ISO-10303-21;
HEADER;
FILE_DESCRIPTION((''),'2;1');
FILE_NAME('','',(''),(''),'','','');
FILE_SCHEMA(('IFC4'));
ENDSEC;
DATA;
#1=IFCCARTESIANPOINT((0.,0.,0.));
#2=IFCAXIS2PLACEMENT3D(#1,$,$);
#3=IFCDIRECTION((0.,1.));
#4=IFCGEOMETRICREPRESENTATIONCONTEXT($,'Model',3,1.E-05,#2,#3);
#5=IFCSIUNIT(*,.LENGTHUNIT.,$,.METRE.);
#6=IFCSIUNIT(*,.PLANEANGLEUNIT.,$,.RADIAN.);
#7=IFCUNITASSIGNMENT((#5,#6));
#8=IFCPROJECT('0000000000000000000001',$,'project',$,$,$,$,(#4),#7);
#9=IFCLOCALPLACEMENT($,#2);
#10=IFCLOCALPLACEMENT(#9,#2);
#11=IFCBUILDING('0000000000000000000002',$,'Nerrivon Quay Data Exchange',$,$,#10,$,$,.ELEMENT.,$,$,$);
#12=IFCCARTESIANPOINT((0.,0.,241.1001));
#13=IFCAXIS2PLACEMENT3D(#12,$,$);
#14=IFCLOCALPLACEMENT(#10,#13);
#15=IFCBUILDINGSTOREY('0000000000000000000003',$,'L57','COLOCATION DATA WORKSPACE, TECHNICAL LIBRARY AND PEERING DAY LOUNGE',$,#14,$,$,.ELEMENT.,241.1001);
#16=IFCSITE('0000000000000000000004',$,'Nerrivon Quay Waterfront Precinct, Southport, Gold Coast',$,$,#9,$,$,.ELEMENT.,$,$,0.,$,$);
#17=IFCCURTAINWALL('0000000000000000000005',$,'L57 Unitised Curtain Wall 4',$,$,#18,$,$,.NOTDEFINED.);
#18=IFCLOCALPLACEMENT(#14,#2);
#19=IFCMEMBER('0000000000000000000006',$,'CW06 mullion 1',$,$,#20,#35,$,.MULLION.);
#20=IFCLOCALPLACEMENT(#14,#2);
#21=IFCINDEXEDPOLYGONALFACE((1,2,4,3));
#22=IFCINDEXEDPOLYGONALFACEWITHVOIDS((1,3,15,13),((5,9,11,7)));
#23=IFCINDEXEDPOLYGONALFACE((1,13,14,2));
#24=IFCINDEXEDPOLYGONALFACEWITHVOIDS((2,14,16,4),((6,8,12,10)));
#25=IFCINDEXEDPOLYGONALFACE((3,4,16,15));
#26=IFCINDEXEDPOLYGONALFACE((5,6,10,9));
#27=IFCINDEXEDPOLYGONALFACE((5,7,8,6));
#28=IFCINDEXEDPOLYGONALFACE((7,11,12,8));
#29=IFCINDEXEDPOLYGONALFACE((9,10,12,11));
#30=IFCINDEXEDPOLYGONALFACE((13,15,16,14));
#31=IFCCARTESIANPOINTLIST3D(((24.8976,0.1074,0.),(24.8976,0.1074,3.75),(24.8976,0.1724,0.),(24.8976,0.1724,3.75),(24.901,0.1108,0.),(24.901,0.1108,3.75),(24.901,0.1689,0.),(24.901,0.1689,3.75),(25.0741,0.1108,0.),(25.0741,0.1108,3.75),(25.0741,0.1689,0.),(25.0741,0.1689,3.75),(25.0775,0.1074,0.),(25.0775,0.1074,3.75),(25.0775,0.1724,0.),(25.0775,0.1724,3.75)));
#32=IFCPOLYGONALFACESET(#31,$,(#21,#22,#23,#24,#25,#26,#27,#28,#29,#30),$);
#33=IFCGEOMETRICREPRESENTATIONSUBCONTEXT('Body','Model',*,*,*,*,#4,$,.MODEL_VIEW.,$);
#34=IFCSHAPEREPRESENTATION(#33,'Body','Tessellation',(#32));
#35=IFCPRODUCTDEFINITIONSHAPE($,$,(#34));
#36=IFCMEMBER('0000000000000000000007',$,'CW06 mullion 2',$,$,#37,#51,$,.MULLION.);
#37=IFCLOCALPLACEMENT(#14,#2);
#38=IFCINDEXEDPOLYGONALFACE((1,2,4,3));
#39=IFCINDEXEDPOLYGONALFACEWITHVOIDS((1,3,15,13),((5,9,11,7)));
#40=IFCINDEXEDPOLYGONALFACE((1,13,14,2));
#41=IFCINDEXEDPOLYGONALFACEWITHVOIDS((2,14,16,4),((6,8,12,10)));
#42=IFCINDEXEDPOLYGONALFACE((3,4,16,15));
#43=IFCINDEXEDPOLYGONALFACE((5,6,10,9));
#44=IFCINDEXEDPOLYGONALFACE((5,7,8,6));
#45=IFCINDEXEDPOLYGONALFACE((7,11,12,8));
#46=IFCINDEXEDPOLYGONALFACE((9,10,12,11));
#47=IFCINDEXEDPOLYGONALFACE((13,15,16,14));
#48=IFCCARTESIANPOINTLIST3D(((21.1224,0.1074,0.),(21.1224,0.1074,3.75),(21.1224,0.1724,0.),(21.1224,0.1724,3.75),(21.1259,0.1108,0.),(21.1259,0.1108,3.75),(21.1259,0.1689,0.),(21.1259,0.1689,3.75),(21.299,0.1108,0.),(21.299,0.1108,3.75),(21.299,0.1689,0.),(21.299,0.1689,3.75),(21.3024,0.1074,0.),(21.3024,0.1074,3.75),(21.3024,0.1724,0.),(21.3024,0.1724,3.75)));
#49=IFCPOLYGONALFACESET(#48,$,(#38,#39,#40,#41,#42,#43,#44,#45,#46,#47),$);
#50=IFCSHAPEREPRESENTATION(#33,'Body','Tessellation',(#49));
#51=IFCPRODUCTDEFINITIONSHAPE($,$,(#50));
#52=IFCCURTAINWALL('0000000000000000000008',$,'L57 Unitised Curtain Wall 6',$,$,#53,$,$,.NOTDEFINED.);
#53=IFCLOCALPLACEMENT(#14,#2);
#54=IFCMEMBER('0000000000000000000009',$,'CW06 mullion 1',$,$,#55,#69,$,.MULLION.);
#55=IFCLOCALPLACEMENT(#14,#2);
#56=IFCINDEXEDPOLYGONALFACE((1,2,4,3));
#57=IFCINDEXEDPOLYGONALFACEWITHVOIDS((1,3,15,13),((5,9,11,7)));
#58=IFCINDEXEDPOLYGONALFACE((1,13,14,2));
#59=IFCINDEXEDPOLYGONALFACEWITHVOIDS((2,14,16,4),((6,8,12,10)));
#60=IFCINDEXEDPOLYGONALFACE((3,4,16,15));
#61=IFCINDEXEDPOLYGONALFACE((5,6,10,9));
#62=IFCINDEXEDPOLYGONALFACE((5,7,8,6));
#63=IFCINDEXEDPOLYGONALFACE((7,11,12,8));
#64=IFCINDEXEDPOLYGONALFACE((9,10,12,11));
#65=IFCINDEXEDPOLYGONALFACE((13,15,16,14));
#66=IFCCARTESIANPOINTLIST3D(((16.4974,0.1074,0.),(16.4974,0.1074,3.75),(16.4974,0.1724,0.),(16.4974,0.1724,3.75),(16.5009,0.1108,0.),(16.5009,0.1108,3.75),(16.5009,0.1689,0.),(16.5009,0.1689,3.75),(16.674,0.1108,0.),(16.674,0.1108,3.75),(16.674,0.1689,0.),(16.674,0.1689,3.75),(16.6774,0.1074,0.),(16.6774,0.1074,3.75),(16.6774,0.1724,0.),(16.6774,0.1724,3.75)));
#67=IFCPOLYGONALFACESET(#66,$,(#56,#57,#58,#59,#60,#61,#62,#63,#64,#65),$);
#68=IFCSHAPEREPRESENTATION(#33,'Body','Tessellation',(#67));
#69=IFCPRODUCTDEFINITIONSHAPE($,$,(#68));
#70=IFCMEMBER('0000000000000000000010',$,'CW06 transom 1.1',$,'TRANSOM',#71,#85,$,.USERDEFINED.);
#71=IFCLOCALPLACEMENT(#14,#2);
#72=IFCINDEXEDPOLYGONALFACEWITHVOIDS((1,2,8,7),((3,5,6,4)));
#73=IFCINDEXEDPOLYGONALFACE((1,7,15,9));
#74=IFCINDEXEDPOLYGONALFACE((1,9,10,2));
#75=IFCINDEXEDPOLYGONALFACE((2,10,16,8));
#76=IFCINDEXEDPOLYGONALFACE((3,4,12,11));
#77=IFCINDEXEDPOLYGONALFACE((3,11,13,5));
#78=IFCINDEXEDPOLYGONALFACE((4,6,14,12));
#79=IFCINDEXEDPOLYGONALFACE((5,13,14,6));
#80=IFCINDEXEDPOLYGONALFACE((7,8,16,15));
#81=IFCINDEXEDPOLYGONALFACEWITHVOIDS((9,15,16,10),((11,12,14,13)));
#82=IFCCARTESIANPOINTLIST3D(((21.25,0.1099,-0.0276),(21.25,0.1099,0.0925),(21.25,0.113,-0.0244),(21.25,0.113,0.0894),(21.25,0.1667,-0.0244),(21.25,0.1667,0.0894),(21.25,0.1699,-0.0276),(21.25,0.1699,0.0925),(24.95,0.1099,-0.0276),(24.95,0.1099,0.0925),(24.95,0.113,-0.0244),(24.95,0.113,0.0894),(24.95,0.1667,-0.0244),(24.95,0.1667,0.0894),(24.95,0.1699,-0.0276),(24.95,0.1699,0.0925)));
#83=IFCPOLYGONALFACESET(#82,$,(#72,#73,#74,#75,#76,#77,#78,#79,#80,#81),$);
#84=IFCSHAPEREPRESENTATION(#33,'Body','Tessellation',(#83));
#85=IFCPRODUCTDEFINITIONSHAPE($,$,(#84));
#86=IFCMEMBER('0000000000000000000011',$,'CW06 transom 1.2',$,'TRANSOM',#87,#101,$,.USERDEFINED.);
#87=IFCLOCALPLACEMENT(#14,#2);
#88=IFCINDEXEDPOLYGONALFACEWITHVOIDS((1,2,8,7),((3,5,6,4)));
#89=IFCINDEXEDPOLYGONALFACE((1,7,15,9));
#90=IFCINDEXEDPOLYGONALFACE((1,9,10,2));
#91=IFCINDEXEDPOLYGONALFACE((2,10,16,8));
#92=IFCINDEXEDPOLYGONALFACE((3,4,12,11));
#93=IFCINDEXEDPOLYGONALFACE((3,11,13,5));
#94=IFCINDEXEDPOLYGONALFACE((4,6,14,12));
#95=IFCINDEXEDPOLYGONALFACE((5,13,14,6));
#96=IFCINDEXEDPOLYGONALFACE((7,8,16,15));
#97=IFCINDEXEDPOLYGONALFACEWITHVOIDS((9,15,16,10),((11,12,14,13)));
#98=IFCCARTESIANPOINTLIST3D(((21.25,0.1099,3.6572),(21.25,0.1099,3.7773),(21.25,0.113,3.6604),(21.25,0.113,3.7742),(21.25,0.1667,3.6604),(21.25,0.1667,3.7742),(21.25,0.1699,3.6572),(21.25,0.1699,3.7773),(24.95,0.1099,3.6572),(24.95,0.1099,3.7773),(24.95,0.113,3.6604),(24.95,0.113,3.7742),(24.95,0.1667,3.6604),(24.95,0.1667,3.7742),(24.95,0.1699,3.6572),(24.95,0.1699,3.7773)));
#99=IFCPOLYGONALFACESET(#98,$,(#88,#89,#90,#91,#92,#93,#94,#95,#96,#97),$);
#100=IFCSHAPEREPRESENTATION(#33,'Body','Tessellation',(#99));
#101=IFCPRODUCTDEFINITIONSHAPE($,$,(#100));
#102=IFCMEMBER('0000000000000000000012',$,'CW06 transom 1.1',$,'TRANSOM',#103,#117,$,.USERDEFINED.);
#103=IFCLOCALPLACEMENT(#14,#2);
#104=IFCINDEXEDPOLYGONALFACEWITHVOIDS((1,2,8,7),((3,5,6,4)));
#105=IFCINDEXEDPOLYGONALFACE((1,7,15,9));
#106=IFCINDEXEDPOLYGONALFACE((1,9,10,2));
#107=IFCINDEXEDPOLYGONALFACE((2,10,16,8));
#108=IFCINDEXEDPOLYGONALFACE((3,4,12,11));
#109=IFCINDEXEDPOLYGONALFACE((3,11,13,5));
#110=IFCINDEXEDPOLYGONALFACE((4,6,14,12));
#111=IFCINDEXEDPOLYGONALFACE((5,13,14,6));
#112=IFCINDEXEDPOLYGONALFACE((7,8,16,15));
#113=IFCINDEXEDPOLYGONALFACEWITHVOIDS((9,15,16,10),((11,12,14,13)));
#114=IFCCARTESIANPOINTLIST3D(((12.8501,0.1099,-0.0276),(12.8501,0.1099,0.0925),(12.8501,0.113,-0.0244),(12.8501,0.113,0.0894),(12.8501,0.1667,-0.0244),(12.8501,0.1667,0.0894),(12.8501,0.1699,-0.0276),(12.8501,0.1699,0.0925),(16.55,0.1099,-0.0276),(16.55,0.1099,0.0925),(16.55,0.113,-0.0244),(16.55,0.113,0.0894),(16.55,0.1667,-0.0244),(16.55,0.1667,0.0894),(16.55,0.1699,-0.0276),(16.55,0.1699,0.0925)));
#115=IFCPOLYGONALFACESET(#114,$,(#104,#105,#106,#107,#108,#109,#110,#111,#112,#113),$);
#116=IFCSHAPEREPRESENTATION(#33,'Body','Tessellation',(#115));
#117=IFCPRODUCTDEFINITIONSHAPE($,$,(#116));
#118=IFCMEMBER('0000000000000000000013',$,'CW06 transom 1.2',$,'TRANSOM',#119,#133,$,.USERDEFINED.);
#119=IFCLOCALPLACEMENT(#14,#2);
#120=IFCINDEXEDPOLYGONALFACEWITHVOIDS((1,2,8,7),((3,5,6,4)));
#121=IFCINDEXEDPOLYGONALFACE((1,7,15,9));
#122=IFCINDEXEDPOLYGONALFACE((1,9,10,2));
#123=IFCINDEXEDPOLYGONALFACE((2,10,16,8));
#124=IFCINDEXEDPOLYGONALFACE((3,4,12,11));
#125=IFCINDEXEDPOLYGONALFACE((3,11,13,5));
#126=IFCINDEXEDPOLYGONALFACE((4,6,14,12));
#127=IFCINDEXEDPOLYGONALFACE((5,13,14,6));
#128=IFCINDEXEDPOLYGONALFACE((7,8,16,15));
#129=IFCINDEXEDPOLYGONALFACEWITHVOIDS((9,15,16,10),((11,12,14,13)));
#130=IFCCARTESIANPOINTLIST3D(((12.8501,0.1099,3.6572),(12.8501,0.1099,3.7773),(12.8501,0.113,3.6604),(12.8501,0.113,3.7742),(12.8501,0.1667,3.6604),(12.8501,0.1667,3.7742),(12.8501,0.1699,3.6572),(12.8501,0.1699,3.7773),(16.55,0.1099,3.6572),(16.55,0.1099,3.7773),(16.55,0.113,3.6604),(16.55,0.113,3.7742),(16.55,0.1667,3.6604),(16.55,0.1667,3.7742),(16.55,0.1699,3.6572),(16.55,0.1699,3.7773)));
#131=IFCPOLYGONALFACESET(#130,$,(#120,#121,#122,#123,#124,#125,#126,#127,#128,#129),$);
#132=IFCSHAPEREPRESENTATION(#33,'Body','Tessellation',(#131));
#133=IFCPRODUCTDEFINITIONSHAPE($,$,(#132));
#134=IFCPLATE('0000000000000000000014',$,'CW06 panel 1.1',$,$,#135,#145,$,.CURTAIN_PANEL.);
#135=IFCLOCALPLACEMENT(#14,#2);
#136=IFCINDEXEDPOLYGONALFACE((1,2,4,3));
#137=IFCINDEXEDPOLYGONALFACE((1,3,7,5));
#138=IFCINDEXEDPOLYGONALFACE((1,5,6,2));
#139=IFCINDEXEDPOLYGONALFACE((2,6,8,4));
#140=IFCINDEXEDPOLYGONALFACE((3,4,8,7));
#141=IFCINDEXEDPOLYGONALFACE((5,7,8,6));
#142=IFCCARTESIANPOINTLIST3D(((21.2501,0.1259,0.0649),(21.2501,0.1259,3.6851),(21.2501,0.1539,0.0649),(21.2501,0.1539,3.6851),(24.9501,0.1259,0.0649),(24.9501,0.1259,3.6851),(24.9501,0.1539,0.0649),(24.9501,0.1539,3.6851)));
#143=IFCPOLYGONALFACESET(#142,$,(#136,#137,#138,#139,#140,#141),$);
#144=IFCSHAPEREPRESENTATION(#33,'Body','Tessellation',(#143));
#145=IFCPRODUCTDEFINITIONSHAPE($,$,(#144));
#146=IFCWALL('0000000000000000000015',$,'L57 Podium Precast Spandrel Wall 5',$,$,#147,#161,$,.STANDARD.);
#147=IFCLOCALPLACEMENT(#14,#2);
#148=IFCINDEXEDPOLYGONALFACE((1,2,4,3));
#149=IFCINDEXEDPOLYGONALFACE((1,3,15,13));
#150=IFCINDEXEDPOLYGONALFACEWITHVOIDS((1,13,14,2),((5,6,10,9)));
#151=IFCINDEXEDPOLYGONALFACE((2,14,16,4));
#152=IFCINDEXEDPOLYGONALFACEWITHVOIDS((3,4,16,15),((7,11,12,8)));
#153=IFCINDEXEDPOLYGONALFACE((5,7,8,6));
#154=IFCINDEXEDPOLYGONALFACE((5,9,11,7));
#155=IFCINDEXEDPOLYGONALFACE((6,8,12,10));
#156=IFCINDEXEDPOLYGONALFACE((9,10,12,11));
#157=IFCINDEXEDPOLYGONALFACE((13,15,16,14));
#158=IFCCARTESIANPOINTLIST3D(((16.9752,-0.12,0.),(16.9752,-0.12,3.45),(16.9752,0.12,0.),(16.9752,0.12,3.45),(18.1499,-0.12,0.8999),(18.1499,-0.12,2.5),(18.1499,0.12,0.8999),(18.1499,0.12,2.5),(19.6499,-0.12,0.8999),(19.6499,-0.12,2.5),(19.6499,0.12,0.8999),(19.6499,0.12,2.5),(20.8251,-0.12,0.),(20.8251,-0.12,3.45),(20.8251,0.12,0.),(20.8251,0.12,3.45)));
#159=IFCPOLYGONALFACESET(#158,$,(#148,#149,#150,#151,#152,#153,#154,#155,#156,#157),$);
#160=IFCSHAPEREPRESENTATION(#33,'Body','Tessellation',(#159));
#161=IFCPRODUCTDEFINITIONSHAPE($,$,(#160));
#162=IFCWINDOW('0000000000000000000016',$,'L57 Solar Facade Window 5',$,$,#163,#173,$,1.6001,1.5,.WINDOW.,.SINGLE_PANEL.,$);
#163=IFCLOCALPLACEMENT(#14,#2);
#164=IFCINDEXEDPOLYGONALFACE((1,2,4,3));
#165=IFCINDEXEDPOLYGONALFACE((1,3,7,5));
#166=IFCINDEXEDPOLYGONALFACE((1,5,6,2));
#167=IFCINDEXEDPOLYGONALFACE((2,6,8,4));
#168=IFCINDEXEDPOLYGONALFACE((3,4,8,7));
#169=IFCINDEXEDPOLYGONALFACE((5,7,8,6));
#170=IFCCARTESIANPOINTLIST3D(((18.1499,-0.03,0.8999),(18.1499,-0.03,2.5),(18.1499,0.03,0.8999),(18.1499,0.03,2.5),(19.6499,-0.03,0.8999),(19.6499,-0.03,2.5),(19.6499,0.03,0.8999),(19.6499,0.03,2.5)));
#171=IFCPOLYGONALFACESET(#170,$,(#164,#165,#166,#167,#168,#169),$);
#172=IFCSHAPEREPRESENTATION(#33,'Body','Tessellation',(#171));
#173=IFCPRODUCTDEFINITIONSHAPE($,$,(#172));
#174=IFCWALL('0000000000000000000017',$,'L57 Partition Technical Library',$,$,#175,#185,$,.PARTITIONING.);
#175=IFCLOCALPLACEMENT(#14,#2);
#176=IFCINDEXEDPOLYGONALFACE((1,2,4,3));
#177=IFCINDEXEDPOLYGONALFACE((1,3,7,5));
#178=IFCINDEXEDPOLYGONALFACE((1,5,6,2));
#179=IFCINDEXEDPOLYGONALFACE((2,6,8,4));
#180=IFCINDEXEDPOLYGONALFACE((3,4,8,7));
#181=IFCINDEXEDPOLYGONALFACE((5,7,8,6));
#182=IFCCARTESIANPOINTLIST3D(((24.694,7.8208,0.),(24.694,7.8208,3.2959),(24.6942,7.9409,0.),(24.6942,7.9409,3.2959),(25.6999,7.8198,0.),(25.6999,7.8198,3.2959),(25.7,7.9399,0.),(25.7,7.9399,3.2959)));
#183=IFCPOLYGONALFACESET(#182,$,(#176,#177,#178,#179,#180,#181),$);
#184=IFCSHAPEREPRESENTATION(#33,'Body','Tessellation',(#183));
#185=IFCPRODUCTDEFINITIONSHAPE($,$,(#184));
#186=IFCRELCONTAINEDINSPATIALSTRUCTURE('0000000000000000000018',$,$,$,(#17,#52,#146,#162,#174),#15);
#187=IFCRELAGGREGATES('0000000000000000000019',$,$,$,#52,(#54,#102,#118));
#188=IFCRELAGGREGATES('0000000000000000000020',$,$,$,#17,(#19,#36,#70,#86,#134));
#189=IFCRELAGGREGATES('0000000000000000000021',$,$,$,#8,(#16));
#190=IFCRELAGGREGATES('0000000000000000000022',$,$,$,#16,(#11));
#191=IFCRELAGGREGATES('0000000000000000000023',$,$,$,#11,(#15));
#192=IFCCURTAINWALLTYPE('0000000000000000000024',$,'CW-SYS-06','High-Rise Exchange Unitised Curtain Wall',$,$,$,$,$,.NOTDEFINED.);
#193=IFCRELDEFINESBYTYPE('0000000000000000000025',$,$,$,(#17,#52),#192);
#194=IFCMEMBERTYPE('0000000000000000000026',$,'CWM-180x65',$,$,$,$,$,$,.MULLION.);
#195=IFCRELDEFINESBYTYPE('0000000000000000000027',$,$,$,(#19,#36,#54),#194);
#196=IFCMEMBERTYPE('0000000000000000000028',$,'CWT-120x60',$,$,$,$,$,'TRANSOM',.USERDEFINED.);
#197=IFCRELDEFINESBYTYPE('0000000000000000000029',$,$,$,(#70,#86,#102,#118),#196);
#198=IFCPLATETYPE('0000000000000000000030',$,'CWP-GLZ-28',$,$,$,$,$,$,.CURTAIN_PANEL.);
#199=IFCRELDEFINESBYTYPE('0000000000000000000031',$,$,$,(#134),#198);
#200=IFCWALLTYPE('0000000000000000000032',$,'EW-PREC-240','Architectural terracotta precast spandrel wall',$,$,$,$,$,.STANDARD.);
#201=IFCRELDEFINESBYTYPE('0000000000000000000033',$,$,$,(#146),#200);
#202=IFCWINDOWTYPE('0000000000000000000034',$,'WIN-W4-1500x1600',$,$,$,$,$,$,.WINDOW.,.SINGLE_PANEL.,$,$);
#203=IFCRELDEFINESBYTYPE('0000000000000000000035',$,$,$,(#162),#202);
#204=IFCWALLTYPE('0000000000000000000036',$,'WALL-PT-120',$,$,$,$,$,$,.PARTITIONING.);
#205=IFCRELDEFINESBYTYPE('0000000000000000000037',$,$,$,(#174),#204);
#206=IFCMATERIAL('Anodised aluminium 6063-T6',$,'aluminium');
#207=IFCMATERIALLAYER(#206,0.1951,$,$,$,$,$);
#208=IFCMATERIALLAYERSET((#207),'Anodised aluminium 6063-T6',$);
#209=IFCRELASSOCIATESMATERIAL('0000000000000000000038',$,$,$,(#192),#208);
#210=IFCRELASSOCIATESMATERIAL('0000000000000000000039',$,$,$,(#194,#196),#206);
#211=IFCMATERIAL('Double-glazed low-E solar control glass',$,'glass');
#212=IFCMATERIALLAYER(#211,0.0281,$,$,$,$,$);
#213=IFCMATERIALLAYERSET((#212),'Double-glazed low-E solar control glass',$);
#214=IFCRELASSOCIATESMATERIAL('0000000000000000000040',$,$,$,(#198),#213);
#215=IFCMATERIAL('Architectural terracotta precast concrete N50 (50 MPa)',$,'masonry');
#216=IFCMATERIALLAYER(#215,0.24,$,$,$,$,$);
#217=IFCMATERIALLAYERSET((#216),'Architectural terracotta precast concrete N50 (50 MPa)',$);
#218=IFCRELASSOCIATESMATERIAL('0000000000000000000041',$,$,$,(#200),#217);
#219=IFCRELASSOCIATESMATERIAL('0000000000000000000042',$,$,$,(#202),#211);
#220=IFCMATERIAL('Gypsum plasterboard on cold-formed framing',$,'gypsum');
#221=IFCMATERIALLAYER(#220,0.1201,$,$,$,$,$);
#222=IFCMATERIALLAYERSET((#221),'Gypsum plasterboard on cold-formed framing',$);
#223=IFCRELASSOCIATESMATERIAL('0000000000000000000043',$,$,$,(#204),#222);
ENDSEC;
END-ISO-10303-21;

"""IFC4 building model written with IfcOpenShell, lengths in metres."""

from ifc_helpers import new_model, si_unit, direction, frame, frame_2d, origin, origin_2d, place, context, subcontext, project, spatial, rectangle, hollow_rectangle, extrude, material, layer, layer_set, material_profile, profile_set, type_object, element, fill, aggregate, save


model = new_model("IFC4")

# Units and contexts
model_context = context("Model", 3, precision=1e-05, world=origin(), true_north=direction((0.0, 1.0)))
body_context = subcontext(model_context, "Body", "Model", "MODEL_VIEW")
ifc_project = project(units=[si_unit("LENGTHUNIT", "METRE"), si_unit("PLANEANGLEUNIT", "RADIAN")], contexts=[model_context])

# Site, building, storey
site_placement = place(None, origin())
site = spatial("IfcSite", under=ifc_project, at=site_placement, Name="Nerrivon Quay Waterfront Precinct, Southport, Gold Coast", CompositionType="ELEMENT", RefElevation=0.0)
building_placement = place(site_placement, origin())
building = spatial("IfcBuilding", under=site, at=building_placement, Name="Nerrivon Quay Data Exchange", CompositionType="ELEMENT")
storey_placement = place(building_placement, frame((0.0, 0.0, 241.1001)))
storey = spatial("IfcBuildingStorey", under=building, at=storey_placement, Name="L57", Description="COLOCATION DATA WORKSPACE, TECHNICAL LIBRARY AND PEERING DAY LOUNGE", CompositionType="ELEMENT", Elevation=241.1001)

# Curtain wall, members
ifc_material_1 = material(Name="Anodised aluminium 6063-T6", Category="aluminium")
ifc_layer_1 = layer(ifc_material_1, 0.1951)
ifc_layer_set_1 = layer_set([ifc_layer_1], Name="Anodised aluminium 6063-T6")
curtain_wall_type = type_object("IfcCurtainWallType", Name="CW-SYS-06", Description="High-Rise Exchange Unitised Curtain Wall", PredefinedType="NOTDEFINED", material=ifc_layer_set_1)
curtain_wall_1_placement = place(storey_placement, origin())
curtain_wall_1 = element("IfcCurtainWall", 1, at=curtain_wall_1_placement, inside=storey, type_object=curtain_wall_type, Name="L57 Unitised Curtain Wall 4", PredefinedType="NOTDEFINED")
ifc_material_profile_1 = material_profile(ifc_material_1, hollow_rectangle(XDim=0.0649, YDim=0.1799, WallThickness=0.0034, at=origin_2d()), Name="ALU-MULL-180x65")
ifc_profile_set_1 = profile_set([ifc_material_profile_1], Name="Anodised aluminium 6063-T6")
member_type_1 = type_object("IfcMemberType", Name="CWM-180x65", PredefinedType="MULLION", material=ifc_profile_set_1)
member_1_placement = place(storey_placement, frame((24.9875, 0.1399, 0.0), z_axis=(0.0, 0.0, 1.0), x_axis=(0.0, -1.0, 0.0)))
member_1 = element("IfcMember", 2, at=member_1_placement, type_object=member_type_1, Name="CW06 mullion 1", PredefinedType="MULLION", context=body_context, shape_type="SweptSolid", body=[
    extrude(hollow_rectangle(XDim=0.0649, YDim=0.1799, WallThickness=0.0034, at=origin_2d()), origin(), (0.0, 0.0, 1.0), 3.75),
])
member_2_placement = place(storey_placement, frame((21.2124, 0.1399, 0.0), z_axis=(0.0, 0.0, 1.0), x_axis=(0.0, -1.0, 0.0)))
member_2 = element("IfcMember", 3, at=member_2_placement, type_object=member_type_1, Name="CW06 mullion 2", PredefinedType="MULLION", context=body_context, shape_type="SweptSolid", body=[
    extrude(hollow_rectangle(XDim=0.0649, YDim=0.1799, WallThickness=0.0034, at=origin_2d()), origin(), (0.0, 0.0, 1.0), 3.75),
])

# Curtain wall, member
curtain_wall_2_placement = place(storey_placement, origin())
curtain_wall_2 = element("IfcCurtainWall", 4, at=curtain_wall_2_placement, inside=storey, type_object=curtain_wall_type, Name="L57 Unitised Curtain Wall 6", PredefinedType="NOTDEFINED")
member_3_placement = place(storey_placement, frame((16.5874, 0.1399, 0.0), z_axis=(0.0, 0.0, 1.0), x_axis=(0.0, -1.0, 0.0)))
member_3 = element("IfcMember", 5, at=member_3_placement, type_object=member_type_1, Name="CW06 mullion 1", PredefinedType="MULLION", context=body_context, shape_type="SweptSolid", body=[
    extrude(hollow_rectangle(XDim=0.0649, YDim=0.1799, WallThickness=0.0034, at=origin_2d()), origin(), (0.0, 0.0, 1.0), 3.75),
])

# Members
ifc_material_profile_2 = material_profile(ifc_material_1, hollow_rectangle(XDim=0.0601, YDim=0.1201, WallThickness=0.0032, at=origin_2d()), Name="ALU-TRAN-120x60")
ifc_profile_set_2 = profile_set([ifc_material_profile_2], Name="Anodised aluminium 6063-T6")
member_type_2 = type_object("IfcMemberType", Name="CWT-120x60", ElementType="TRANSOM", PredefinedType="USERDEFINED", material=ifc_profile_set_2)
member_4_placement = place(storey_placement, frame((24.95, 0.1399, 0.0325), z_axis=(-1.0, 0.0, 0.0), x_axis=(0.0, -1.0, 0.0)))
member_4 = element("IfcMember", 6, at=member_4_placement, type_object=member_type_2, Name="CW06 transom 1.1", ObjectType="TRANSOM", PredefinedType="USERDEFINED", context=body_context, shape_type="SweptSolid", body=[
    extrude(hollow_rectangle(XDim=0.0601, YDim=0.1201, WallThickness=0.0032, at=origin_2d()), origin(), (0.0, 0.0, 1.0), 3.7),
])
member_5_placement = place(storey_placement, frame((24.95, 0.1399, 3.7173), z_axis=(-1.0, 0.0, 0.0), x_axis=(0.0, -1.0, 0.0)))
member_5 = element("IfcMember", 7, at=member_5_placement, type_object=member_type_2, Name="CW06 transom 1.2", ObjectType="TRANSOM", PredefinedType="USERDEFINED", context=body_context, shape_type="SweptSolid", body=[
    extrude(hollow_rectangle(XDim=0.0601, YDim=0.1201, WallThickness=0.0032, at=origin_2d()), origin(), (0.0, 0.0, 1.0), 3.7),
])
member_6_placement = place(storey_placement, frame((16.55, 0.1399, 0.0325), z_axis=(-1.0, 0.0, 0.0), x_axis=(0.0, -1.0, 0.0)))
member_6 = element("IfcMember", 8, at=member_6_placement, type_object=member_type_2, Name="CW06 transom 1.1", ObjectType="TRANSOM", PredefinedType="USERDEFINED", context=body_context, shape_type="SweptSolid", body=[
    extrude(hollow_rectangle(XDim=0.0601, YDim=0.1201, WallThickness=0.0032, at=origin_2d()), origin(), (0.0, 0.0, 1.0), 3.7),
])
member_7_placement = place(storey_placement, frame((16.55, 0.1399, 3.7173), z_axis=(-1.0, 0.0, 0.0), x_axis=(0.0, -1.0, 0.0)))
member_7 = element("IfcMember", 9, at=member_7_placement, type_object=member_type_2, Name="CW06 transom 1.2", ObjectType="TRANSOM", PredefinedType="USERDEFINED", context=body_context, shape_type="SweptSolid", body=[
    extrude(hollow_rectangle(XDim=0.0601, YDim=0.1201, WallThickness=0.0032, at=origin_2d()), origin(), (0.0, 0.0, 1.0), 3.7),
])
aggregate(curtain_wall_2, [member_3, member_6, member_7])

# Plate
ifc_material_2 = material(Name="Double-glazed low-E solar control glass", Category="glass")
ifc_layer_2 = layer(ifc_material_2, 0.0281)
ifc_layer_set_2 = layer_set([ifc_layer_2], Name="Double-glazed low-E solar control glass")
plate_type = type_object("IfcPlateType", Name="CWP-GLZ-28", PredefinedType="CURTAIN_PANEL", material=ifc_layer_set_2)
plate_placement = place(storey_placement, frame((23.1001, 0.1399, 0.0649), z_axis=(0.0, 0.0, 1.0), x_axis=(-1.0, 0.0, 0.0)))
plate = element("IfcPlate", 10, at=plate_placement, type_object=plate_type, Name="CW06 panel 1.1", PredefinedType="CURTAIN_PANEL", context=body_context, shape_type="SweptSolid", body=[
    extrude(rectangle(XDim=3.7, YDim=0.0281, at=origin_2d()), origin(), (0.0, 0.0, 1.0), 3.6201),
])
aggregate(curtain_wall_1, [member_1, member_2, member_4, member_5, plate])

# Wall, opening, window
ifc_material_3 = material(Name="Architectural terracotta precast concrete N50 (50 MPa)", Category="masonry")
ifc_layer_3 = layer(ifc_material_3, 0.24)
ifc_layer_set_3 = layer_set([ifc_layer_3], Name="Architectural terracotta precast concrete N50 (50 MPa)")
wall_type_1 = type_object("IfcWallType", Name="EW-PREC-240", Description="Architectural terracotta precast spandrel wall", PredefinedType="STANDARD", material=ifc_layer_set_3)
wall_placement = place(storey_placement, frame((20.825, 0.0, 0.0), z_axis=(0.0, 0.0, 1.0), x_axis=(-1.0, 0.0, 0.0)))
wall = element("IfcWall", 11, at=wall_placement, inside=storey, type_object=wall_type_1, Name="L57 Podium Precast Spandrel Wall 5", PredefinedType="STANDARD", context=body_context, shape_type="SweptSolid", body=[
    extrude(rectangle(XDim=3.8499, YDim=0.24, at=frame_2d((1.9248, 0.0))), origin(), (0.0, 0.0, 1.0), 3.45),
])
opening_placement = place(wall_placement, frame((1.175, 0.0, 0.8999)))
opening = element("IfcOpeningElement", 12, at=opening_placement, cuts=wall, PredefinedType="OPENING", context=body_context, shape_type="SweptSolid", body=[
    extrude(rectangle(XDim=1.5, YDim=1.6001, at=frame_2d((0.75, 0.8))), frame((0.0, 0.1299, 0.0), z_axis=(0.0, -1.0, 0.0), x_axis=(1.0, 0.0, 0.0)), (0.0, 0.0, 1.0), 0.26),
])
window_type = type_object("IfcWindowType", Name="WIN-W4-1500x1600", PartitioningType="SINGLE_PANEL", PredefinedType="WINDOW", material=ifc_material_2)
window_placement = place(opening_placement, origin())
window = element("IfcWindow", 13, at=window_placement, inside=storey, type_object=window_type, Name="L57 Solar Facade Window 5", OverallHeight=1.6001, OverallWidth=1.5, PartitioningType="SINGLE_PANEL", PredefinedType="WINDOW", context=body_context, shape_type="SweptSolid", body=[
    extrude(rectangle(XDim=1.5, YDim=1.6001, at=frame_2d((0.75, 0.8))), frame((0.0, 0.03, 0.0), z_axis=(0.0, -1.0, 0.0), x_axis=(1.0, 0.0, 0.0)), (0.0, 0.0, 1.0), 0.0601),
])
fill(opening, window)

# Wall
ifc_material_4 = material(Name="Gypsum plasterboard on cold-formed framing", Category="gypsum")
ifc_layer_4 = layer(ifc_material_4, 0.1201)
ifc_layer_set_4 = layer_set([ifc_layer_4], Name="Gypsum plasterboard on cold-formed framing")
wall_type_2 = type_object("IfcWallType", Name="WALL-PT-120", PredefinedType="PARTITIONING", material=ifc_layer_set_4)
for number, where, z_axis, x_axis, name in (
    (14, (25.7, 7.8799, 0.0), (0.0, 0.0, 1.0), (-1.0, 0.000971, 0.0), "L57 Partition Technical Library"),
):
    element("IfcWall", number, at=place(storey_placement, frame(where, z_axis=z_axis, x_axis=x_axis)), inside=storey, type_object=wall_type_2, Name=name, PredefinedType="PARTITIONING", context=body_context, shape_type="SweptSolid", body=[
        extrude(rectangle(XDim=1.0059, YDim=0.1201, at=frame_2d((0.5029, 0.0))), origin(), (0.0, 0.0, 1.0), 3.2959),
    ])

save(model, "model.ifc")
